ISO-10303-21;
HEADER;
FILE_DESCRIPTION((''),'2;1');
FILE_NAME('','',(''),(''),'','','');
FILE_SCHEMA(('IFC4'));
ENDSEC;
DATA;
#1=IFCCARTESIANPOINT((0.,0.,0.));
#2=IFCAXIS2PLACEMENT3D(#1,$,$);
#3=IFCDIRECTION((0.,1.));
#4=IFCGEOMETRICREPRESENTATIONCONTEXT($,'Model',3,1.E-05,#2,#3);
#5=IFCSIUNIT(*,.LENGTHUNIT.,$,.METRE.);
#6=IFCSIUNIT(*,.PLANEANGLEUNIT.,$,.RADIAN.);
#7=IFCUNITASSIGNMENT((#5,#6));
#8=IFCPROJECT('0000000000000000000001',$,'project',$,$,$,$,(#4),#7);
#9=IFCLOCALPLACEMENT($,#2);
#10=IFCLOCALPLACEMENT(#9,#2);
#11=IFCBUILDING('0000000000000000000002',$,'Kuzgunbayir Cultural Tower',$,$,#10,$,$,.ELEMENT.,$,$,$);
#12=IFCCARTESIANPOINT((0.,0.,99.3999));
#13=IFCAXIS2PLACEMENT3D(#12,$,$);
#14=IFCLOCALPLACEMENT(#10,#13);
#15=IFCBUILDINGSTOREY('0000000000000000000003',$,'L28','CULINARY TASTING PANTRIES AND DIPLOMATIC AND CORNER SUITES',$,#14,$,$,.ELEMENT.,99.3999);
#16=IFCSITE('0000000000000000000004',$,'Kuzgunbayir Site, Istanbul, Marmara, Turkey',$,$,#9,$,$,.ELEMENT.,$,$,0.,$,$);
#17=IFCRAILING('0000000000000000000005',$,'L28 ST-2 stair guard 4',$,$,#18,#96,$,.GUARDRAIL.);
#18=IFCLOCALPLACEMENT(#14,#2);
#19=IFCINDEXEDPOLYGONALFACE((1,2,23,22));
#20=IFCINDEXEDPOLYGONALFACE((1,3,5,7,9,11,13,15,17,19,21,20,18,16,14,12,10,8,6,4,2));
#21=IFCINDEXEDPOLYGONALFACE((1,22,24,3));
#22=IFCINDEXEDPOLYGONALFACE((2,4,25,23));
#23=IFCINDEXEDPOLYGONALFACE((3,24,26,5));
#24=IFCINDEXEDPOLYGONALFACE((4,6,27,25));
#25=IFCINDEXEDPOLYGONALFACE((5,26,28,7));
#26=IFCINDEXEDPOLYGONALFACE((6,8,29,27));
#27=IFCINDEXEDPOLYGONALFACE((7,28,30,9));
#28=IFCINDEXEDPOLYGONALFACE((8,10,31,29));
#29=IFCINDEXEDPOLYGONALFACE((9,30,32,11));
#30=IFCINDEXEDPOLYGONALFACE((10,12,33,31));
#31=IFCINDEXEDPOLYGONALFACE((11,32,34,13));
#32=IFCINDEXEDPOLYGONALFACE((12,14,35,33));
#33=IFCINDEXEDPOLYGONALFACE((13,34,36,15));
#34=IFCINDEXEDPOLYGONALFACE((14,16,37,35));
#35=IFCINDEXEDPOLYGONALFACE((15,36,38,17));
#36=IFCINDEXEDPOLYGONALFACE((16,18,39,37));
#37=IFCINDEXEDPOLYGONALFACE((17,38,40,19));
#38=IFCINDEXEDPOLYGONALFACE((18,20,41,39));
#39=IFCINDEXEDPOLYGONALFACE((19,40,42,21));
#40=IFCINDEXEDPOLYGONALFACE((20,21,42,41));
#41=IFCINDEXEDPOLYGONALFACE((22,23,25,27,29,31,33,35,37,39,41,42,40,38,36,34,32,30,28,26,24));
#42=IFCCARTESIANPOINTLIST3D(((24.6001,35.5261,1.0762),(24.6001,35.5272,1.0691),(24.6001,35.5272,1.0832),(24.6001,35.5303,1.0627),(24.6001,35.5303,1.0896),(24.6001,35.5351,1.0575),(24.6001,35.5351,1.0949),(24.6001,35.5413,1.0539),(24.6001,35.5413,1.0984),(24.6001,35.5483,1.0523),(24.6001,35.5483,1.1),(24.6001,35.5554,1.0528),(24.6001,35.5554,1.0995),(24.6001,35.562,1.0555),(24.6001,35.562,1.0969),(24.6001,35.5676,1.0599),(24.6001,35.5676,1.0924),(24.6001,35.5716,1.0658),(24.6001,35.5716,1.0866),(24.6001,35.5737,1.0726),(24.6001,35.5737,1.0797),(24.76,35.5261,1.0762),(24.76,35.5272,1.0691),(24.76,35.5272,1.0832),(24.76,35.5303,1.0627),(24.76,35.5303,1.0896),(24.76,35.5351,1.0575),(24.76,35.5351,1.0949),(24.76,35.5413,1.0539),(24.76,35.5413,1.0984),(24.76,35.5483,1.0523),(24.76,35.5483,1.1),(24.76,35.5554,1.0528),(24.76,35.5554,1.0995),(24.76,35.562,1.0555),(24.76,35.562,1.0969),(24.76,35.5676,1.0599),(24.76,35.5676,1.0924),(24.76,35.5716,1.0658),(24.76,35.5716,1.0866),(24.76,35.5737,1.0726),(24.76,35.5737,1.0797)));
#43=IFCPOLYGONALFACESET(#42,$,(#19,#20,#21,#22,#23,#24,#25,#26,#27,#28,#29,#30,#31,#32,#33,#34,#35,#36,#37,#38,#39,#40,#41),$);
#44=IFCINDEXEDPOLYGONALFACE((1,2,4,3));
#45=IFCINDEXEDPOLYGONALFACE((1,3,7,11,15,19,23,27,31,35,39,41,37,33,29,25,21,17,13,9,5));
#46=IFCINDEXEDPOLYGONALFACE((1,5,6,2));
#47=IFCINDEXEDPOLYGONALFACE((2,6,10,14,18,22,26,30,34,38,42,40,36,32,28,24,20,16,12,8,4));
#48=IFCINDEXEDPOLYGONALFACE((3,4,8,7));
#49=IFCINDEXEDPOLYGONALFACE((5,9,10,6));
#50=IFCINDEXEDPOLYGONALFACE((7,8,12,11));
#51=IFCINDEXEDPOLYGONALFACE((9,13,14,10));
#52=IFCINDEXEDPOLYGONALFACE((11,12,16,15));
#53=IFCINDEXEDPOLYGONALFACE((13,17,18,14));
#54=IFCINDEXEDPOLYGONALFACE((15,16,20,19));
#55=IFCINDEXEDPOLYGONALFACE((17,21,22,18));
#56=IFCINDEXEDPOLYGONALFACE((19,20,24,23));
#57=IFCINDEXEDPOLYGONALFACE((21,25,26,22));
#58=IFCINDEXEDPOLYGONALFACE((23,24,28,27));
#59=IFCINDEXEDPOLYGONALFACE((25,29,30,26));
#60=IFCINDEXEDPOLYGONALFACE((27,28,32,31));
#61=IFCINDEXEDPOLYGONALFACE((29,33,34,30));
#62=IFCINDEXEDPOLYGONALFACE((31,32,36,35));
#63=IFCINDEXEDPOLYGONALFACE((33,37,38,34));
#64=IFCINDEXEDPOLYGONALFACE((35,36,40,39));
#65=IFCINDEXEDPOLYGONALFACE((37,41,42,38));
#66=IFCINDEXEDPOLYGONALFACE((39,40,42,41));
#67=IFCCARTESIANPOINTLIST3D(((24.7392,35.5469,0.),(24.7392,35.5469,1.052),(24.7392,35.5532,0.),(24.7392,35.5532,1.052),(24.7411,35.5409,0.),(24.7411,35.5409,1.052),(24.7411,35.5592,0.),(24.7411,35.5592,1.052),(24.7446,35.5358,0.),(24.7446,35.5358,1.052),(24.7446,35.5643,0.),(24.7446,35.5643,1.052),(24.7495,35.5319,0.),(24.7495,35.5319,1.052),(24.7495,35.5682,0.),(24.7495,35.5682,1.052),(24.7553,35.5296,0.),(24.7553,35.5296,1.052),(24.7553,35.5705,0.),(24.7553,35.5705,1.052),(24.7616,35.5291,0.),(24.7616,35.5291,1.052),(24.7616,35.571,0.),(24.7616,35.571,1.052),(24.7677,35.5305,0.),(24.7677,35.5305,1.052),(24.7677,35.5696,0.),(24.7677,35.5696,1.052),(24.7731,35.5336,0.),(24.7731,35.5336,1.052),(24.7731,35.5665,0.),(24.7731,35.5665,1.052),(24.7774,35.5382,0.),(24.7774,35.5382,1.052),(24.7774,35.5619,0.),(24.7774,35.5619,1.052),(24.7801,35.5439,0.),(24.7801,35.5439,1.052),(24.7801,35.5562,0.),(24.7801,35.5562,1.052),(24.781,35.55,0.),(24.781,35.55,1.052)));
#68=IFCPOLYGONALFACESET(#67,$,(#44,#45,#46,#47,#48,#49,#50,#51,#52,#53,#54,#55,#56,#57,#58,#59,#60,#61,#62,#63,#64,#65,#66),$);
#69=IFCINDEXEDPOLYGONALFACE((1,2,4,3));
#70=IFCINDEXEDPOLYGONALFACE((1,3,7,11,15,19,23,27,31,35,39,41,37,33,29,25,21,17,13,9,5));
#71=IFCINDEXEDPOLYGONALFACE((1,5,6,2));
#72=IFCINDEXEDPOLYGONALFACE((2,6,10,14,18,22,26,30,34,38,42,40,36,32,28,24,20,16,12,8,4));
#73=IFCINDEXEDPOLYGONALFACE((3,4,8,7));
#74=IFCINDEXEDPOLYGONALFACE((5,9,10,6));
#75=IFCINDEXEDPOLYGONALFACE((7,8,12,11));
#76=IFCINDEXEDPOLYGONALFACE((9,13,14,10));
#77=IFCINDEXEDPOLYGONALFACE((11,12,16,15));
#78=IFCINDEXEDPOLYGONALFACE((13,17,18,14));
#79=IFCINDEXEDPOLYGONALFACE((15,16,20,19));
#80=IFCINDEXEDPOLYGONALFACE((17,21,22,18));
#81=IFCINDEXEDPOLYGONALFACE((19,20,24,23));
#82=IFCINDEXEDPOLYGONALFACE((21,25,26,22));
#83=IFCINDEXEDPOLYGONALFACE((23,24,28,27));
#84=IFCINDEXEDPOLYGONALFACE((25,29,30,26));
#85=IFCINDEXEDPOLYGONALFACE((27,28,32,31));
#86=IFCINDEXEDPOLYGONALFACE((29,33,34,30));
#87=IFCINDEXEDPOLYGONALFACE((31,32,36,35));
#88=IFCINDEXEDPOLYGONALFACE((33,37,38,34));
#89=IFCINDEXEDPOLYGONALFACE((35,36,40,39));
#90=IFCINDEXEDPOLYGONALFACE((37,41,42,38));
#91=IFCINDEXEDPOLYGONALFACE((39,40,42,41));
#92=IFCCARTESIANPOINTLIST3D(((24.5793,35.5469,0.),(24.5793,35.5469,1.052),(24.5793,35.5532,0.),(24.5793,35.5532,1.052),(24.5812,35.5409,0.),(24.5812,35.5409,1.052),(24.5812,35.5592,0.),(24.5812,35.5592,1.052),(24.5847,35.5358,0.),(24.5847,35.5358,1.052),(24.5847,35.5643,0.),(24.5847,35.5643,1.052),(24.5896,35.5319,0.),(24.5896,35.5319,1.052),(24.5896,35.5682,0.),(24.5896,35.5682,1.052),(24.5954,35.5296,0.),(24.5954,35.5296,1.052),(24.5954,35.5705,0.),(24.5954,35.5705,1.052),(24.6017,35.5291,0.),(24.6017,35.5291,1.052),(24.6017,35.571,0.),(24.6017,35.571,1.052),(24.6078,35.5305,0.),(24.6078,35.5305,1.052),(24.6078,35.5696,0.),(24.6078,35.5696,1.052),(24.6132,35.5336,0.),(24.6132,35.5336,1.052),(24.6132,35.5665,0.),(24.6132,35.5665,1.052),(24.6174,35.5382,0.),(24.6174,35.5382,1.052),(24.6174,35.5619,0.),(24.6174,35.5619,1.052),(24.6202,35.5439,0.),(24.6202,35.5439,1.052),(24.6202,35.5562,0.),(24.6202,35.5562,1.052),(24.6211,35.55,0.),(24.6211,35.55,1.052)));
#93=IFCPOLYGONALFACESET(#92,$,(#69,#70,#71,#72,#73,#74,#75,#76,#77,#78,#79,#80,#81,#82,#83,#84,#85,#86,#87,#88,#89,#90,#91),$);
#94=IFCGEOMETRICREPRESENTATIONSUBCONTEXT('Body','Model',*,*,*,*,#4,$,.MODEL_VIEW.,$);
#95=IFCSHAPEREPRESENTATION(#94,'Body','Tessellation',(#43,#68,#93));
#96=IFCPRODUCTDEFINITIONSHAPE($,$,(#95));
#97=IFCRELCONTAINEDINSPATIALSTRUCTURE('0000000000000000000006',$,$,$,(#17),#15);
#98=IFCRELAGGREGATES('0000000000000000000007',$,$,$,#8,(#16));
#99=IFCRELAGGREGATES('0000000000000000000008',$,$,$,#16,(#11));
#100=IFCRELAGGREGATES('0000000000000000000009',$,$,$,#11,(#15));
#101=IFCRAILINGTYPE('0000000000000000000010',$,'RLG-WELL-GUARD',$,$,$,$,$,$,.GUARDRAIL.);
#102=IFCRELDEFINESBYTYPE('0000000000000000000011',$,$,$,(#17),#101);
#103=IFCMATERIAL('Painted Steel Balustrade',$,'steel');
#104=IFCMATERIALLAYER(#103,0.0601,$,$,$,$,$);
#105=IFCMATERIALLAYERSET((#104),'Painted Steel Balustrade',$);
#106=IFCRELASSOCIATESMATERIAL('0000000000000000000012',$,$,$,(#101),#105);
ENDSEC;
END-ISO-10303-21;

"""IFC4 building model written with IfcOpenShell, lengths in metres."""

from ifc_helpers import new_model, si_unit, direction, frame, origin, origin_2d, place, context, subcontext, project, spatial, circle, extrude, material, layer, layer_set, type_object, element, save


model = new_model("IFC4")

# Units and contexts
model_context = context("Model", 3, precision=1e-05, world=origin(), true_north=direction((0.0, 1.0)))
body_context = subcontext(model_context, "Body", "Model", "MODEL_VIEW")
ifc_project = project(units=[si_unit("LENGTHUNIT", "METRE"), si_unit("PLANEANGLEUNIT", "RADIAN")], contexts=[model_context])

# Site, building, storey
site_placement = place(None, origin())
site = spatial("IfcSite", under=ifc_project, at=site_placement, Name="Kuzgunbayir Site, Istanbul, Marmara, Turkey", CompositionType="ELEMENT", RefElevation=0.0)
building_placement = place(site_placement, origin())
building = spatial("IfcBuilding", under=site, at=building_placement, Name="Kuzgunbayir Cultural Tower", CompositionType="ELEMENT")
storey_placement = place(building_placement, frame((0.0, 0.0, 99.3999)))
storey = spatial("IfcBuildingStorey", under=building, at=storey_placement, Name="L28", Description="CULINARY TASTING PANTRIES AND DIPLOMATIC AND CORNER SUITES", CompositionType="ELEMENT", Elevation=99.3999)

# Railing
ifc_material_1 = material(Name="Painted Steel Balustrade", Category="steel")
ifc_layer_1 = layer(ifc_material_1, 0.0601)
ifc_layer_set_1 = layer_set([ifc_layer_1], Name="Painted Steel Balustrade")
railing_type_1 = type_object("IfcRailingType", Name="RLG-WELL-GUARD", PredefinedType="GUARDRAIL", material=ifc_layer_set_1)
railing_1_placement = place(storey_placement, frame((24.76, 35.55, 0.0)))
element("IfcRailing", 1, at=railing_1_placement, inside=storey, type_object=railing_type_1, Name="L28 ST-2 stair guard 4", PredefinedType="GUARDRAIL", context=body_context, shape_type="SweptSolid", body=[
    extrude(circle(Radius=0.0239, at=origin_2d()), frame((0.0, 0.0, 1.0762), z_axis=(-1.0, 0.0, 0.0), x_axis=(0.0, -1.0, 0.0)), (0.0, 0.0, 1.0), 0.1599),
    extrude(circle(Radius=0.021, at=origin_2d()), origin(), (0.0, 0.0, 1.0), 1.052),
    extrude(circle(Radius=0.021, at=origin_2d()), frame((-0.1599, 0.0, 0.0)), (0.0, 0.0, 1.0), 1.052),
])

save(model, "model.ifc")
